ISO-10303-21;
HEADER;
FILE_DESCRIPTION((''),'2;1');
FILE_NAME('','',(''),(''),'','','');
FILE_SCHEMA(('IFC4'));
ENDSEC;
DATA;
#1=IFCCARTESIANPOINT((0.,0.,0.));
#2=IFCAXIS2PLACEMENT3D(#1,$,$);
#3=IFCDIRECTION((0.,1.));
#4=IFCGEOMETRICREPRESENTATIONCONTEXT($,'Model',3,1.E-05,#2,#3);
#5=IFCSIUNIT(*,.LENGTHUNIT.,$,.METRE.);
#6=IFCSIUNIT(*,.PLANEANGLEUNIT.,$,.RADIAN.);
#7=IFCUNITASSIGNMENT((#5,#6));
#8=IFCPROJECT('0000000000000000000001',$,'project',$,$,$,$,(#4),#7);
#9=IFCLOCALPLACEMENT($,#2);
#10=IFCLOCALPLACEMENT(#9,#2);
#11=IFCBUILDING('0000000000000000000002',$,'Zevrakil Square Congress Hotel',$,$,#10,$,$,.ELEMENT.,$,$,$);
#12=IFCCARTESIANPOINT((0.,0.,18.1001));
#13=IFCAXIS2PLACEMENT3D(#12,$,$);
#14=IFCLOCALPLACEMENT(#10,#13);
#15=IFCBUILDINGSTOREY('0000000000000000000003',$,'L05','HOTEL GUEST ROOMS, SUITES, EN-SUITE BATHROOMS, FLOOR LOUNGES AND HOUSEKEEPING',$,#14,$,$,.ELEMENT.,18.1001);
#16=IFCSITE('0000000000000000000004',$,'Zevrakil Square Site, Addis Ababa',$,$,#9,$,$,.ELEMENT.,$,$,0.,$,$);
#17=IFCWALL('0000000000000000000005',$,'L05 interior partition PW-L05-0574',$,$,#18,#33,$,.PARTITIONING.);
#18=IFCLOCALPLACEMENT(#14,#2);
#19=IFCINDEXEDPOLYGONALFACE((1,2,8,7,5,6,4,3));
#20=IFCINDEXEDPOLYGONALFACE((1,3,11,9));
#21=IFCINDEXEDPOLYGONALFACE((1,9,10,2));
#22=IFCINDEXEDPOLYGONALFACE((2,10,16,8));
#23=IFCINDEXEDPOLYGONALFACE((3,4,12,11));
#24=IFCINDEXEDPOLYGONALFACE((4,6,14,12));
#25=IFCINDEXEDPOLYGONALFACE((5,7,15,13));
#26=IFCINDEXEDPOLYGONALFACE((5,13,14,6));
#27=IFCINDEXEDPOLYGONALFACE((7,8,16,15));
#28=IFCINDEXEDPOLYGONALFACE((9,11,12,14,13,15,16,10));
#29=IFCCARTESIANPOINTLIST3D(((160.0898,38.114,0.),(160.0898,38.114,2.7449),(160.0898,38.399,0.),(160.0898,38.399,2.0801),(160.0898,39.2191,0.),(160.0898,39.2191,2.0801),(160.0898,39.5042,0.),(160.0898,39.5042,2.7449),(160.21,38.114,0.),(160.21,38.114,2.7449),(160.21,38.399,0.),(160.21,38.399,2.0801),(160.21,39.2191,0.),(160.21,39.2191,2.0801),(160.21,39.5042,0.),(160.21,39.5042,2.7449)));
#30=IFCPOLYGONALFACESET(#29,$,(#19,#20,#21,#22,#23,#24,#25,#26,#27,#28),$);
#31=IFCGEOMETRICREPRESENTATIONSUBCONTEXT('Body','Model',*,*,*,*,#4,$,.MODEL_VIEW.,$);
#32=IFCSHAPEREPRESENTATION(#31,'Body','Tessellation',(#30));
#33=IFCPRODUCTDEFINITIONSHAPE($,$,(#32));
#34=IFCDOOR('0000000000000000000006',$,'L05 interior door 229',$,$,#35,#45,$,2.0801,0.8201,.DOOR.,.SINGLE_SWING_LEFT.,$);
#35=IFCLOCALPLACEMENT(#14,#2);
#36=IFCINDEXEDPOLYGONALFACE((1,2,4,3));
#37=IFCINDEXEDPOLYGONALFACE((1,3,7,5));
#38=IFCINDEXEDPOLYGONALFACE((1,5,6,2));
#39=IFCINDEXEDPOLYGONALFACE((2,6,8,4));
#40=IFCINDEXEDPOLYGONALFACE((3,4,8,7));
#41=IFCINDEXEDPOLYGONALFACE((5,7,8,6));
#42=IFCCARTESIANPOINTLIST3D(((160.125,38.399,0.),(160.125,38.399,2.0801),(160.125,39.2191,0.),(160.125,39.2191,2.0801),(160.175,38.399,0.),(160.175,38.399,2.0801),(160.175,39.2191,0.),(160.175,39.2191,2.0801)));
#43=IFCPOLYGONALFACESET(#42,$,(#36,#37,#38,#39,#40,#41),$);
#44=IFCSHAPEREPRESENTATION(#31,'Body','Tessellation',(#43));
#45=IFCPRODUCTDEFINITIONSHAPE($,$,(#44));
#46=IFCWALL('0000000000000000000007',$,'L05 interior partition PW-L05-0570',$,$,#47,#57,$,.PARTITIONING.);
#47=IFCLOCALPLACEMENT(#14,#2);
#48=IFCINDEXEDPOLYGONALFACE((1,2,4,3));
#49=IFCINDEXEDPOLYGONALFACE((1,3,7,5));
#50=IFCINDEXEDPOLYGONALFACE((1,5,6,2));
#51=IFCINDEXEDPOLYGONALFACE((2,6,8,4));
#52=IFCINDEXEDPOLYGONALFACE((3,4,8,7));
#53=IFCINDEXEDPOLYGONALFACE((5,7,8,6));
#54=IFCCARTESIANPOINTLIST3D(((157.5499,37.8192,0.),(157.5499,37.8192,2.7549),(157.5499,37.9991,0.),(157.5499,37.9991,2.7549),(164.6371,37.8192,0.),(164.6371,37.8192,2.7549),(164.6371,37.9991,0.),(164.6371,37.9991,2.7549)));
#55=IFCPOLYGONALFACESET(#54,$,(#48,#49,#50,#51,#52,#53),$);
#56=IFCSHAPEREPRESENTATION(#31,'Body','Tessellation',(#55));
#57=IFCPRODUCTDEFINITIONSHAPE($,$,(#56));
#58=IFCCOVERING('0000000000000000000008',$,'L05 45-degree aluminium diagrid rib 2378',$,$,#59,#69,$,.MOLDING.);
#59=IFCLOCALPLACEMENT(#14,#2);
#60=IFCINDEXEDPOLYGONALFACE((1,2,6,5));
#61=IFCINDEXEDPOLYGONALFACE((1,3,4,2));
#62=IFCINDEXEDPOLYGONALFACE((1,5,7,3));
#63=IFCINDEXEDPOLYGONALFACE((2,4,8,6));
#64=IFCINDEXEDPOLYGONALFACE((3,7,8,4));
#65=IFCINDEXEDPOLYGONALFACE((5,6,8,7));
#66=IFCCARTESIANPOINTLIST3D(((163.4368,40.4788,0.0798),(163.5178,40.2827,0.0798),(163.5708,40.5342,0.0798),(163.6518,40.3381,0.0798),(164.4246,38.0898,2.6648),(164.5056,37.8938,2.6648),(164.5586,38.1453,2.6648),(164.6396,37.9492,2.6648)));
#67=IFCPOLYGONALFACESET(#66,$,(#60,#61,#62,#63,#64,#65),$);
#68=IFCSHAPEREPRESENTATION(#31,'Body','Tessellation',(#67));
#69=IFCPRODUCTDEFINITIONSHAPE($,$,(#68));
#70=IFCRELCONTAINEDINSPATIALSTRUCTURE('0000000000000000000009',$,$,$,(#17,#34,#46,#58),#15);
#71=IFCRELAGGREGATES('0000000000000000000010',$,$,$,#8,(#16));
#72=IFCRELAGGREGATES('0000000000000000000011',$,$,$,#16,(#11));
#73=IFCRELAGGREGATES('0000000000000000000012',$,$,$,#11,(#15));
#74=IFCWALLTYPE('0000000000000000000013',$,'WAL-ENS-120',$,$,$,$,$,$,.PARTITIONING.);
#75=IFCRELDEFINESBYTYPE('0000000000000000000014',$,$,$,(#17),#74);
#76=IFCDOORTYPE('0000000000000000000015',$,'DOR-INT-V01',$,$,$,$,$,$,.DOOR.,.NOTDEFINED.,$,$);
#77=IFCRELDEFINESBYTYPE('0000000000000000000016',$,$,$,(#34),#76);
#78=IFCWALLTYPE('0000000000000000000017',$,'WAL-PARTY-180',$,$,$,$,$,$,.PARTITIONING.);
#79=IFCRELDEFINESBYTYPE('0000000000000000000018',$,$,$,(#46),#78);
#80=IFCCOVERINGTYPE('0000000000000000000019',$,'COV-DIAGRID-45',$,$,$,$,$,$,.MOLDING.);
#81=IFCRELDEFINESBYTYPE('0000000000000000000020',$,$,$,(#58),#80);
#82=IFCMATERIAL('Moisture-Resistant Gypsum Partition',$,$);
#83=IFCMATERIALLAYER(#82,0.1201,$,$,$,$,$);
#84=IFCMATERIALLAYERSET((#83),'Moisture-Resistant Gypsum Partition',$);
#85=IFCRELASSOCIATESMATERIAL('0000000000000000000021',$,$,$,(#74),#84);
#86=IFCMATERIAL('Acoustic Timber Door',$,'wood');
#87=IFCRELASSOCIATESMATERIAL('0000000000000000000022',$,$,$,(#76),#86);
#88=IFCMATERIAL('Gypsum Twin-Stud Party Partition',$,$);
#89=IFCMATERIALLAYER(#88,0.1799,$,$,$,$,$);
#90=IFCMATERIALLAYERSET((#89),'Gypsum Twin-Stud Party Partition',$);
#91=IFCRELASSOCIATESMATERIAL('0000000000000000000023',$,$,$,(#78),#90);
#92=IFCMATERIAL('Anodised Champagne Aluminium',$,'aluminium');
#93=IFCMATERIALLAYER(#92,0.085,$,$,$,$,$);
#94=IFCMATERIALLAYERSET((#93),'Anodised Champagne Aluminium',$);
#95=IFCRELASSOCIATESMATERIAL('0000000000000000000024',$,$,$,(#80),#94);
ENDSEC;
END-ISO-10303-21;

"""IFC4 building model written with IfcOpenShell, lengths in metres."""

from ifc_helpers import new_model, si_unit, direction, frame, frame_2d, origin, place, context, subcontext, project, spatial, polyline, rectangle, outline, extrude, material, layer, layer_set, type_object, element, fill, save


model = new_model("IFC4")

# Units and contexts
model_context = context("Model", 3, precision=1e-05, world=origin(), true_north=direction((0.0, 1.0)))
body_context = subcontext(model_context, "Body", "Model", "MODEL_VIEW")
ifc_project = project(units=[si_unit("LENGTHUNIT", "METRE"), si_unit("PLANEANGLEUNIT", "RADIAN")], contexts=[model_context])

# Site, building, storey
site_placement = place(None, origin())
site = spatial("IfcSite", under=ifc_project, at=site_placement, Name="Zevrakil Square Site, Addis Ababa", CompositionType="ELEMENT", RefElevation=0.0)
building_placement = place(site_placement, origin())
building = spatial("IfcBuilding", under=site, at=building_placement, Name="Zevrakil Square Congress Hotel", CompositionType="ELEMENT")
storey_placement = place(building_placement, frame((0.0, 0.0, 18.1001)))
storey = spatial("IfcBuildingStorey", under=building, at=storey_placement, Name="L05", Description="HOTEL GUEST ROOMS, SUITES, EN-SUITE BATHROOMS, FLOOR LOUNGES AND HOUSEKEEPING", CompositionType="ELEMENT", Elevation=18.1001)

# Shared definitions
ifc_material_1 = material(Name="Moisture-Resistant Gypsum Partition")
ifc_layer_1 = layer(ifc_material_1, 0.1201)
ifc_layer_set_1 = layer_set([ifc_layer_1], Name="Moisture-Resistant Gypsum Partition")
wall_type_1 = type_object("IfcWallType", Name="WAL-ENS-120", PredefinedType="PARTITIONING", material=ifc_layer_set_1)

# Shared definitions
ifc_material_2 = material(Name="Acoustic Timber Door", Category="wood")
door_type_1 = type_object("IfcDoorType", Name="DOR-INT-V01", OperationType="NOTDEFINED", PredefinedType="DOOR", material=ifc_material_2)

# Wall, opening, door
wall_1_placement = place(storey_placement, frame((160.1499, 38.114, 0.0), z_axis=(0.0, 0.0, 1.0), x_axis=(0.0, 1.0, 0.0)))
wall_1 = element("IfcWall", 1, at=wall_1_placement, inside=storey, type_object=wall_type_1, Name="L05 interior partition PW-L05-0574", PredefinedType="PARTITIONING", context=body_context, shape_type="SweptSolid", body=[
    extrude(rectangle(XDim=1.3901, YDim=0.1201, at=frame_2d((0.6951, 0.0))), origin(), (0.0, 0.0, 1.0), 2.7449),
])
opening_1_placement = place(wall_1_placement, frame((0.2849, 0.0, 0.0)))
opening_1 = element("IfcOpeningElement", 2, at=opening_1_placement, cuts=wall_1, PredefinedType="OPENING", context=body_context, shape_type="SweptSolid", body=[
    extrude(rectangle(XDim=0.8201, YDim=2.0801, at=frame_2d((0.4102, 1.04))), frame((0.0, 0.0701, 0.0), z_axis=(0.0, -1.0, 0.0), x_axis=(1.0, 0.0, 0.0)), (0.0, 0.0, 1.0), 0.1401),
])
door_1_placement = place(opening_1_placement, origin())
door_1 = element("IfcDoor", 3, at=door_1_placement, inside=storey, type_object=door_type_1, Name="L05 interior door 229", OperationType="SINGLE_SWING_LEFT", OverallHeight=2.0801, OverallWidth=0.8201, PredefinedType="DOOR", context=body_context, shape_type="SweptSolid", body=[
    extrude(rectangle(XDim=0.8201, YDim=2.0801, at=frame_2d((0.4102, 1.04))), frame((0.0, 0.0249, 0.0), z_axis=(0.0, -1.0, 0.0), x_axis=(1.0, 0.0, 0.0)), (0.0, 0.0, 1.0), 0.05),
])
fill(opening_1, door_1)

# Wall
ifc_material_3 = material(Name="Gypsum Twin-Stud Party Partition")
ifc_layer_2 = layer(ifc_material_3, 0.1799)
ifc_layer_set_2 = layer_set([ifc_layer_2], Name="Gypsum Twin-Stud Party Partition")
wall_type_2 = type_object("IfcWallType", Name="WAL-PARTY-180", PredefinedType="PARTITIONING", material=ifc_layer_set_2)
wall_2_placement = place(storey_placement, frame((157.55, 37.9092, 0.0), z_axis=(0.0, 0.0, 1.0), x_axis=(1.0, 0.0, 0.0)))
element("IfcWall", 4, at=wall_2_placement, inside=storey, type_object=wall_type_2, Name="L05 interior partition PW-L05-0570", PredefinedType="PARTITIONING", context=body_context, shape_type="SweptSolid", body=[
    extrude(rectangle(XDim=7.0872, YDim=0.1799, at=frame_2d((3.5435, 0.0))), origin(), (0.0, 0.0, 1.0), 2.7549),
])

# Covering
ifc_material_4 = material(Name="Anodised Champagne Aluminium", Category="aluminium")
ifc_layer_3 = layer(ifc_material_4, 0.085)
ifc_layer_set_3 = layer_set([ifc_layer_3], Name="Anodised Champagne Aluminium")
covering_type = type_object("IfcCoveringType", Name="COV-DIAGRID-45", PredefinedType="MOLDING", material=ifc_layer_set_3)
covering_placement = place(storey_placement, frame((164.5056, 37.8938, 2.6648), z_axis=(-0.924129, -0.382081, 0.000035), x_axis=(-0.382081, 0.924129, 0.0)))
element("IfcCovering", 5, at=covering_placement, inside=storey, type_object=covering_type, Name="L05 45-degree aluminium diagrid rib 2378", PredefinedType="MOLDING", context=body_context, shape_type="SweptSolid", body=[
    extrude(outline(polyline([(0.0, 0.0), (0.2121, 0.0), (2.7972, 2.585), (2.5851, 2.585), (0.0, 0.0)])), origin(), (0.0, 0.0, -1.0), 0.145),
])

save(model, "model.ifc")
